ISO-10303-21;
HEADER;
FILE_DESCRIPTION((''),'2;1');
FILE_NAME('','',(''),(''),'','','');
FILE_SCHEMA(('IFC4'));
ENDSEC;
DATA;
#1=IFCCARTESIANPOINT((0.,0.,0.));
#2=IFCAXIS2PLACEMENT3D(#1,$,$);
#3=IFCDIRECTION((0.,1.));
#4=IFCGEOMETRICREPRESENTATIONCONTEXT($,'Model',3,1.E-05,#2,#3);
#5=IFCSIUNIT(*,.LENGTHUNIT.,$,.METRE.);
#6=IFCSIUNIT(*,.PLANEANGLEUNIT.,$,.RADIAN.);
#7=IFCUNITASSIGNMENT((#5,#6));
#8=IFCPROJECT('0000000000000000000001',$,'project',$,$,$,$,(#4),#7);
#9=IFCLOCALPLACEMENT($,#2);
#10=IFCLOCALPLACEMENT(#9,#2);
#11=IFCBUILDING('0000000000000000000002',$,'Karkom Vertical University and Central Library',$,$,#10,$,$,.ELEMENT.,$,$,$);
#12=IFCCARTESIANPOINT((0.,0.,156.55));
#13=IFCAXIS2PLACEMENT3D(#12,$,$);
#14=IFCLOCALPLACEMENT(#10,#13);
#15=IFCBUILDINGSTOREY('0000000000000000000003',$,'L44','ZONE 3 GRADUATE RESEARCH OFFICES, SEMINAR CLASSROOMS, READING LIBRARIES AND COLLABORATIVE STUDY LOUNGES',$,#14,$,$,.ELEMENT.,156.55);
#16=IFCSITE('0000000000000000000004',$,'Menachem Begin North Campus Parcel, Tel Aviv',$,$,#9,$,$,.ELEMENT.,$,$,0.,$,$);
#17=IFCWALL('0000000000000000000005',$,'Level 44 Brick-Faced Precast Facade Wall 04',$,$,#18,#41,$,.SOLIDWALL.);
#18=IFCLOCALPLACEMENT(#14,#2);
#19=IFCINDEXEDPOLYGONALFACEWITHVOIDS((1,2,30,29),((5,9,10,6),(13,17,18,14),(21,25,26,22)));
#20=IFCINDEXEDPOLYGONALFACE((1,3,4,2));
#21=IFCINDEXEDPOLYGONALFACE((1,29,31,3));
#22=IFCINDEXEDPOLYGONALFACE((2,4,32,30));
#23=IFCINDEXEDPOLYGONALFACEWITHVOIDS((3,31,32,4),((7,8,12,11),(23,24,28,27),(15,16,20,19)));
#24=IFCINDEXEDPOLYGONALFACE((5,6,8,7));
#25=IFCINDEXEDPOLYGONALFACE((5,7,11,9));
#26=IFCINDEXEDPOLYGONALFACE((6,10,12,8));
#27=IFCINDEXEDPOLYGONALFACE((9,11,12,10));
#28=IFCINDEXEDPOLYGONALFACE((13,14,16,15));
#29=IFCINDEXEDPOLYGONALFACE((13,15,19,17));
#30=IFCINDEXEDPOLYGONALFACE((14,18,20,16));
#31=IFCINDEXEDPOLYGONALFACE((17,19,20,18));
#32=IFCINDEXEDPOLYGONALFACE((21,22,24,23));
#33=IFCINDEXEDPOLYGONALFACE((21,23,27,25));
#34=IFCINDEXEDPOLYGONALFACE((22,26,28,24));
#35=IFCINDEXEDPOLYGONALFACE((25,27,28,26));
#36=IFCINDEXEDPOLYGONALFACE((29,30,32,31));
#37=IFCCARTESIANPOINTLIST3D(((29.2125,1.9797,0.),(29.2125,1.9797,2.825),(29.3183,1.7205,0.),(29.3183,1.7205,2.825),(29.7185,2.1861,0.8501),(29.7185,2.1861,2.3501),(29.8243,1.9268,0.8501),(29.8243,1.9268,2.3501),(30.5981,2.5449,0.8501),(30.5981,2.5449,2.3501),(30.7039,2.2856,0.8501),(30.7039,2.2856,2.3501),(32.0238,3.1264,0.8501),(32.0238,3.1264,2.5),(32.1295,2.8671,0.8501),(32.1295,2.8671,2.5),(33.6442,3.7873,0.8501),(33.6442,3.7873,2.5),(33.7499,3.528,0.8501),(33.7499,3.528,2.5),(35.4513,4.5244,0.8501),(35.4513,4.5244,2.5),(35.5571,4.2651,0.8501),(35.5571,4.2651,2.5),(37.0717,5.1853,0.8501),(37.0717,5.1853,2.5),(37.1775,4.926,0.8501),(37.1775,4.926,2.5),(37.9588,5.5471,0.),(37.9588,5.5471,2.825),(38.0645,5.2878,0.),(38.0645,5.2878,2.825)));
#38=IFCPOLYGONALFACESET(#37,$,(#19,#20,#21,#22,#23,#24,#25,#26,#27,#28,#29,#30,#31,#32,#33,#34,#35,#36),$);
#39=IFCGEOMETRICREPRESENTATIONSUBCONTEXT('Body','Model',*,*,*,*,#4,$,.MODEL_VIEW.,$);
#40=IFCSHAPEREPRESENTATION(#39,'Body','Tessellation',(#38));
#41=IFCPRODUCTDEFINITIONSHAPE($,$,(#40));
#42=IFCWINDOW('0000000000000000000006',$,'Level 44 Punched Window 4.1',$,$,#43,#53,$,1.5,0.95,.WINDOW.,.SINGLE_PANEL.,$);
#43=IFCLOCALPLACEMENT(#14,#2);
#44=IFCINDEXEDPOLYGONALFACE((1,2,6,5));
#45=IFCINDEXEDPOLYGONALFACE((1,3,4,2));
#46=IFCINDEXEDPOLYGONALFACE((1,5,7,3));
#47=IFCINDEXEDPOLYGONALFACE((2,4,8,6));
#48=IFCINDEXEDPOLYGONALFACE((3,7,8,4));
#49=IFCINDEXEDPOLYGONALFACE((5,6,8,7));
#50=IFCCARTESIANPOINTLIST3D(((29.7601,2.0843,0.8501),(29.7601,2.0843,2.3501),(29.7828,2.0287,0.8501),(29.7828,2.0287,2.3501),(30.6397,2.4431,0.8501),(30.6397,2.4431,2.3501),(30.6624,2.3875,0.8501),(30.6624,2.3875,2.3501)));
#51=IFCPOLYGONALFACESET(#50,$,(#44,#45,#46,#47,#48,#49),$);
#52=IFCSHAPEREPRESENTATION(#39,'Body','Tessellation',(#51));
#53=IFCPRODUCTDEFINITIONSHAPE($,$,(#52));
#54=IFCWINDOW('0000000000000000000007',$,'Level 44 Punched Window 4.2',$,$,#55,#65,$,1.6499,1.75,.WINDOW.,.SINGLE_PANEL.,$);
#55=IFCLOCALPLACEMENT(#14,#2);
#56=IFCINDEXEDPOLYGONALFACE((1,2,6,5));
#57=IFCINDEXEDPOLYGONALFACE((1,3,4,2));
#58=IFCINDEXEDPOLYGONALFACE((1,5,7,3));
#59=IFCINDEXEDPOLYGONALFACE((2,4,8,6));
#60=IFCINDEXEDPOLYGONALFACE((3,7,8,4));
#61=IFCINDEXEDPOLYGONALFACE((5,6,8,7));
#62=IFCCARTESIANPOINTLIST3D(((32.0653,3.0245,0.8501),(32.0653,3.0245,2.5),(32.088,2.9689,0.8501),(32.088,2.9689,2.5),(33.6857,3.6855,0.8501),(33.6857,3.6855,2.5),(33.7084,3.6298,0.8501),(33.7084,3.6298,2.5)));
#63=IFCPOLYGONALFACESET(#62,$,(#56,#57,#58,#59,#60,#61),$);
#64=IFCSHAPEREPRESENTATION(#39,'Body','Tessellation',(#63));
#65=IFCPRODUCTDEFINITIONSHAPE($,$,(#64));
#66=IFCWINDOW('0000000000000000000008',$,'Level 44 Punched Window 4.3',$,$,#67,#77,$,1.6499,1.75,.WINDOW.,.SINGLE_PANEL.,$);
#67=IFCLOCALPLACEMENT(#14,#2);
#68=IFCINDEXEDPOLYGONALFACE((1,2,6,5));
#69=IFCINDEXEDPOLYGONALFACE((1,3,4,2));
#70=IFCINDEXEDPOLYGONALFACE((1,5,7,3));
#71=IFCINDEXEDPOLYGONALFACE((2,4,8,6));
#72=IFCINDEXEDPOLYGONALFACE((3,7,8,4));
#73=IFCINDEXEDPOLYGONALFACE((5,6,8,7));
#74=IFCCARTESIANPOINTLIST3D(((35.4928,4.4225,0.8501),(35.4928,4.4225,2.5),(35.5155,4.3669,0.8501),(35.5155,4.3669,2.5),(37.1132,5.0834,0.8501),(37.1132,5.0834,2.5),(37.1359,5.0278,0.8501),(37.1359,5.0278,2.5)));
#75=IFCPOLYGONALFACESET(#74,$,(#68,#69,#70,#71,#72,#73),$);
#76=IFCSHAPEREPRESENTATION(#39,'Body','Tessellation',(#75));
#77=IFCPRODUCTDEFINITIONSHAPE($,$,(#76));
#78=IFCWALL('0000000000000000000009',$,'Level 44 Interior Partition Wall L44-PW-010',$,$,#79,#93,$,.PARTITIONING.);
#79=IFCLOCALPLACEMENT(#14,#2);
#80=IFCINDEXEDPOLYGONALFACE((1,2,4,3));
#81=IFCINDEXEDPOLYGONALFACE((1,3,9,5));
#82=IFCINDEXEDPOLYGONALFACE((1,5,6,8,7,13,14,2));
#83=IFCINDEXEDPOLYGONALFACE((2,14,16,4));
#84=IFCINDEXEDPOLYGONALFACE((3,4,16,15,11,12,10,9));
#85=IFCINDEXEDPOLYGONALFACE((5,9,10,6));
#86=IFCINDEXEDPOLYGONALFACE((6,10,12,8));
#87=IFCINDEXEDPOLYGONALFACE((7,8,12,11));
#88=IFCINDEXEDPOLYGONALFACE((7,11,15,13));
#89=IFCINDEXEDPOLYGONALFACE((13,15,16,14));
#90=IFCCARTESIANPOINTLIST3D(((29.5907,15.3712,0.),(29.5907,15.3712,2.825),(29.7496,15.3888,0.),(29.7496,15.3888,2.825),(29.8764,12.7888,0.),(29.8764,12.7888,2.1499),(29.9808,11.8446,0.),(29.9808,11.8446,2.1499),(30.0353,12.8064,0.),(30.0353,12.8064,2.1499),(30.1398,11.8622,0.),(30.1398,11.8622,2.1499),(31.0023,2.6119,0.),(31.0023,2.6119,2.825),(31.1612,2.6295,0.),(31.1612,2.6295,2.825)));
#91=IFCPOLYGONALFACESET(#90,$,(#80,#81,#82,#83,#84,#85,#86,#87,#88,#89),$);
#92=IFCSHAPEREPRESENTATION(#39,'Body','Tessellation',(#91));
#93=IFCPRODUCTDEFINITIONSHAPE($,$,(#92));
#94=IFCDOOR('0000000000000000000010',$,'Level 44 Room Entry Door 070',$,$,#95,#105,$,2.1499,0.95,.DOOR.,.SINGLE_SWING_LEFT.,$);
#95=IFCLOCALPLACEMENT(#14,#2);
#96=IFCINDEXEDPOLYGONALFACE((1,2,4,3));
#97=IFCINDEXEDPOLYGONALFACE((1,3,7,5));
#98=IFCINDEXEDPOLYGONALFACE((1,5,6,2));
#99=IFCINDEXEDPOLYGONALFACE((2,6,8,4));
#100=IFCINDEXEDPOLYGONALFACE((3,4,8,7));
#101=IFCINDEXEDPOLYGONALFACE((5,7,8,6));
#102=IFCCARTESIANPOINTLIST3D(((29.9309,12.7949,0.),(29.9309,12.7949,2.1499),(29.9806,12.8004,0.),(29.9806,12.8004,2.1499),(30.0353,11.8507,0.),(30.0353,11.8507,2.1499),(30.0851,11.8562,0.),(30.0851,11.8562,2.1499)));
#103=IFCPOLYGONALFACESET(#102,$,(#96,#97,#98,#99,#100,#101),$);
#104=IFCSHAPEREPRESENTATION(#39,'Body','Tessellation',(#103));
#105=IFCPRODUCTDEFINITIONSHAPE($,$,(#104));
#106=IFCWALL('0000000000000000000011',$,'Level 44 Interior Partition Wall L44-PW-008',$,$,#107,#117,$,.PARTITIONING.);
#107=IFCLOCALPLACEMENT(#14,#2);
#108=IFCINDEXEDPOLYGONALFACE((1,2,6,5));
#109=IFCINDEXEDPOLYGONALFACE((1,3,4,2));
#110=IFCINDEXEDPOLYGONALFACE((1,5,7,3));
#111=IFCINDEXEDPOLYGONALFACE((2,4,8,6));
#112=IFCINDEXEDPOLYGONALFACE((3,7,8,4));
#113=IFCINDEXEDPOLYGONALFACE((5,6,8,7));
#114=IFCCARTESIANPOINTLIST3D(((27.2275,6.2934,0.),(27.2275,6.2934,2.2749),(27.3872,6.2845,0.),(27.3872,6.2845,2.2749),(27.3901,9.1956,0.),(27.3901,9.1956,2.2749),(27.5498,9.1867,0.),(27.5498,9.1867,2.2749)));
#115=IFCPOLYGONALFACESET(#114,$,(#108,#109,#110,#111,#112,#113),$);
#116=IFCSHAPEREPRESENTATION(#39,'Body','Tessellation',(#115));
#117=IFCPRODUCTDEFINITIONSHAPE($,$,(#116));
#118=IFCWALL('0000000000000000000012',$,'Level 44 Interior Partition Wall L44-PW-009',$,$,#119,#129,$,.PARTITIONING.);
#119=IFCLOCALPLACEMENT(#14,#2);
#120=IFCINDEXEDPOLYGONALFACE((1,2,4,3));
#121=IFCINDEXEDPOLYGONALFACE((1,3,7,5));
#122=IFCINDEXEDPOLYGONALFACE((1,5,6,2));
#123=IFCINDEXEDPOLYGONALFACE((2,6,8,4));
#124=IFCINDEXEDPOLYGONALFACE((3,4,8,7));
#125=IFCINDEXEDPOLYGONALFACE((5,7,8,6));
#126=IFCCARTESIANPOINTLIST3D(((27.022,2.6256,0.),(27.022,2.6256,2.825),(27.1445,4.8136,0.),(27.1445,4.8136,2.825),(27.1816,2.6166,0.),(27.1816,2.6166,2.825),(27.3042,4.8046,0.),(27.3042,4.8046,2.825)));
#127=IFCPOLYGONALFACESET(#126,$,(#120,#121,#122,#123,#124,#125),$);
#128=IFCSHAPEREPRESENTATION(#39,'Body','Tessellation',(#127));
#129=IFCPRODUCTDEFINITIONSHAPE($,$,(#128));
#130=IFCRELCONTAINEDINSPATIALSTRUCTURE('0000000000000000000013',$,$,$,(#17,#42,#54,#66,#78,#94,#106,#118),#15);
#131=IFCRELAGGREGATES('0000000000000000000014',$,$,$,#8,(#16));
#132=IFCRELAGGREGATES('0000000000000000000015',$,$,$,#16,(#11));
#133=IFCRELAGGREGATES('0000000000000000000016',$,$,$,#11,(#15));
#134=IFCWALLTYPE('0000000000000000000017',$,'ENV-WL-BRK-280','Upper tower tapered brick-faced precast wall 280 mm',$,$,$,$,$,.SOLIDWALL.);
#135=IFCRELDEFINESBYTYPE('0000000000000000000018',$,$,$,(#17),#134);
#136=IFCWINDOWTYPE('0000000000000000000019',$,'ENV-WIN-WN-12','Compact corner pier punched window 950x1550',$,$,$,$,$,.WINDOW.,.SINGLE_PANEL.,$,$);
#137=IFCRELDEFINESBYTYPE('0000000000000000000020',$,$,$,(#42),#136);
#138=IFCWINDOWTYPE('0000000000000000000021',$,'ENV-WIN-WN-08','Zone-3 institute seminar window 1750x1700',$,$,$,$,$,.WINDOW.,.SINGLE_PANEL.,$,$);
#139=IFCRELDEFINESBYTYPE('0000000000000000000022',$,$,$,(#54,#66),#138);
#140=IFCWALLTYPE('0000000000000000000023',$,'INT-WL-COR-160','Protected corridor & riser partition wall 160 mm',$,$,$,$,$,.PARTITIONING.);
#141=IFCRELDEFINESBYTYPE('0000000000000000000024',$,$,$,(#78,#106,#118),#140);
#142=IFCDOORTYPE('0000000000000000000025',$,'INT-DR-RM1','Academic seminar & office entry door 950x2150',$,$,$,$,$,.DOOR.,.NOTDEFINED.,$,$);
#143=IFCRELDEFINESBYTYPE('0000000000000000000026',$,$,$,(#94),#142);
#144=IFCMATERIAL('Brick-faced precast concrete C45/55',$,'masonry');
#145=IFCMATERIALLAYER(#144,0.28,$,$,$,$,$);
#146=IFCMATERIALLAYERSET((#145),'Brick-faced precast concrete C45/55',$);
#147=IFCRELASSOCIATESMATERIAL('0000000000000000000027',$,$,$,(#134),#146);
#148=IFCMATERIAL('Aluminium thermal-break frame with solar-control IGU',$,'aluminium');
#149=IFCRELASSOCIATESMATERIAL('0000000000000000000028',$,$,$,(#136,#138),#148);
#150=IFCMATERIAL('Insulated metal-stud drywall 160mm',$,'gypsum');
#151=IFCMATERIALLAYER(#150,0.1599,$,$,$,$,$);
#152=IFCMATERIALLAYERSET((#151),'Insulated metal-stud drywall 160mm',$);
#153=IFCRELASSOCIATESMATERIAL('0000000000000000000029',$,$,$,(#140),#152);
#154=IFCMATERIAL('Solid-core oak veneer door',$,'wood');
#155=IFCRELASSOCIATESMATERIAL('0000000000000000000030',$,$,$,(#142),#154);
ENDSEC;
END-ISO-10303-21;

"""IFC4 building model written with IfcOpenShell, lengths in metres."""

from ifc_helpers import new_model, si_unit, direction, frame, frame_2d, origin, origin_with_axes, place, context, subcontext, project, spatial, rectangle, extrude, source, transform, mapped, material, layer, layer_set, type_object, element, fill, save


model = new_model("IFC4")

# Units and contexts
model_context = context("Model", 3, precision=1e-05, world=origin(), true_north=direction((0.0, 1.0)))
body_context = subcontext(model_context, "Body", "Model", "MODEL_VIEW")
ifc_project = project(units=[si_unit("LENGTHUNIT", "METRE"), si_unit("PLANEANGLEUNIT", "RADIAN")], contexts=[model_context])

# Site, building, storey
site_placement = place(None, origin())
site = spatial("IfcSite", under=ifc_project, at=site_placement, Name="Menachem Begin North Campus Parcel, Tel Aviv", CompositionType="ELEMENT", RefElevation=0.0)
building_placement = place(site_placement, origin())
building = spatial("IfcBuilding", under=site, at=building_placement, Name="Karkom Vertical University and Central Library", CompositionType="ELEMENT")
storey_placement = place(building_placement, frame((0.0, 0.0, 156.55)))
storey = spatial("IfcBuildingStorey", under=building, at=storey_placement, Name="L44", Description="ZONE 3 GRADUATE RESEARCH OFFICES, SEMINAR CLASSROOMS, READING LIBRARIES AND COLLABORATIVE STUDY LOUNGES", CompositionType="ELEMENT", Elevation=156.55)

# Wall, openings, windows
ifc_material_1 = material(Name="Brick-faced precast concrete C45/55", Category="masonry")
ifc_layer_1 = layer(ifc_material_1, 0.28)
ifc_layer_set_1 = layer_set([ifc_layer_1], Name="Brick-faced precast concrete C45/55")
wall_type_1 = type_object("IfcWallType", Name="ENV-WL-BRK-280", Description="Upper tower tapered brick-faced precast wall 280 mm", PredefinedType="SOLIDWALL", material=ifc_layer_set_1)
wall_1_placement = place(storey_placement, frame((29.2654, 1.8501, 0.0), z_axis=(0.0, 0.0, 1.0), x_axis=(0.925942, 0.377665, 0.0)))
wall_1 = element("IfcWall", 1, at=wall_1_placement, inside=storey, type_object=wall_type_1, Name="Level 44 Brick-Faced Precast Facade Wall 04", PredefinedType="SOLIDWALL", context=body_context, shape_type="SweptSolid", body=[
    extrude(rectangle(XDim=9.4458, YDim=0.28, at=frame_2d((4.7229, 0.0))), origin(), (0.0, 0.0, 1.0), 2.825),
])
opening_1_placement = place(wall_1_placement, frame((0.5464, 0.0, 0.8501)))
opening_1 = element("IfcOpeningElement", 2, at=opening_1_placement, cuts=wall_1, PredefinedType="OPENING", context=body_context, shape_type="SweptSolid", body=[
    extrude(rectangle(XDim=0.95, YDim=1.5, at=frame_2d((0.4751, 0.75))), frame((0.0, 0.1499, 0.0), z_axis=(0.0, -1.0, 0.0), x_axis=(1.0, 0.0, 0.0)), (0.0, 0.0, 1.0), 0.3),
])
opening_2_placement = place(wall_1_placement, frame((3.0361, 0.0, 0.8501)))
opening_2 = element("IfcOpeningElement", 3, at=opening_2_placement, cuts=wall_1, PredefinedType="OPENING", context=body_context, shape_type="SweptSolid", body=[
    extrude(rectangle(XDim=1.75, YDim=1.6499, at=frame_2d((0.875, 0.825))), frame((0.0, 0.1499, 0.0), z_axis=(0.0, -1.0, 0.0), x_axis=(1.0, 0.0, 0.0)), (0.0, 0.0, 1.0), 0.3),
])
opening_3_placement = place(wall_1_placement, frame((6.7378, 0.0, 0.8501)))
opening_3 = element("IfcOpeningElement", 4, at=opening_3_placement, cuts=wall_1, PredefinedType="OPENING", context=body_context, shape_type="SweptSolid", body=[
    extrude(rectangle(XDim=1.75, YDim=1.6499, at=frame_2d((0.875, 0.825))), frame((0.0, 0.1499, 0.0), z_axis=(0.0, -1.0, 0.0), x_axis=(1.0, 0.0, 0.0)), (0.0, 0.0, 1.0), 0.3),
])
ifc_material_2 = material(Name="Aluminium thermal-break frame with solar-control IGU", Category="aluminium")
window_type_1 = type_object("IfcWindowType", Name="ENV-WIN-WN-12", Description="Compact corner pier punched window 950x1550", PartitioningType="SINGLE_PANEL", PredefinedType="WINDOW", material=ifc_material_2)
shared_shape_1 = source(origin_with_axes(), body_context, "Body", "SweptSolid", [
    extrude(rectangle(XDim=0.95, YDim=1.5, at=frame_2d((0.4751, 0.75))), frame((0.0, 0.03, 0.0), z_axis=(0.0, -1.0, 0.0), x_axis=(1.0, 0.0, 0.0)), (0.0, 0.0, 1.0), 0.0601),
])
window_1_placement = place(opening_1_placement, origin())
window_1 = element("IfcWindow", 5, at=window_1_placement, inside=storey, type_object=window_type_1, Name="Level 44 Punched Window 4.1", OverallHeight=1.5, OverallWidth=0.95, PartitioningType="SINGLE_PANEL", PredefinedType="WINDOW", context=body_context, shape_type="MappedRepresentation", body=[
    mapped(shared_shape_1, transform((0.0, 0.0, 0.0), scale=1.0)),
])
fill(opening_1, window_1)
window_type_2 = type_object("IfcWindowType", Name="ENV-WIN-WN-08", Description="Zone-3 institute seminar window 1750x1700", PartitioningType="SINGLE_PANEL", PredefinedType="WINDOW", material=ifc_material_2)
shared_shape_2 = source(origin_with_axes(), body_context, "Body", "SweptSolid", [
    extrude(rectangle(XDim=1.75, YDim=1.6499, at=frame_2d((0.875, 0.825))), frame((0.0, 0.03, 0.0), z_axis=(0.0, -1.0, 0.0), x_axis=(1.0, 0.0, 0.0)), (0.0, 0.0, 1.0), 0.0601),
])
window_2_placement = place(opening_2_placement, origin())
window_2 = element("IfcWindow", 6, at=window_2_placement, inside=storey, type_object=window_type_2, Name="Level 44 Punched Window 4.2", OverallHeight=1.6499, OverallWidth=1.75, PartitioningType="SINGLE_PANEL", PredefinedType="WINDOW", context=body_context, shape_type="MappedRepresentation", body=[
    mapped(shared_shape_2, transform((0.0, 0.0, 0.0), scale=1.0)),
])
fill(opening_2, window_2)
window_3_placement = place(opening_3_placement, origin())
window_3 = element("IfcWindow", 7, at=window_3_placement, inside=storey, type_object=window_type_2, Name="Level 44 Punched Window 4.3", OverallHeight=1.6499, OverallWidth=1.75, PartitioningType="SINGLE_PANEL", PredefinedType="WINDOW", context=body_context, shape_type="MappedRepresentation", body=[
    mapped(shared_shape_2, transform((0.0, 0.0, 0.0), scale=1.0)),
])
fill(opening_3, window_3)

# Wall, opening, door
ifc_material_3 = material(Name="Insulated metal-stud drywall 160mm", Category="gypsum")
ifc_layer_2 = layer(ifc_material_3, 0.1599)
ifc_layer_set_2 = layer_set([ifc_layer_2], Name="Insulated metal-stud drywall 160mm")
wall_type_2 = type_object("IfcWallType", Name="INT-WL-COR-160", Description="Protected corridor & riser partition wall 160 mm", PredefinedType="PARTITIONING", material=ifc_layer_set_2)
wall_2_placement = place(storey_placement, frame((29.6702, 15.3799, 0.0), z_axis=(0.0, 0.0, 1.0), x_axis=(0.109964, -0.993936, 0.0)))
wall_2 = element("IfcWall", 8, at=wall_2_placement, inside=storey, type_object=wall_type_2, Name="Level 44 Interior Partition Wall L44-PW-010", PredefinedType="PARTITIONING", context=body_context, shape_type="SweptSolid", body=[
    extrude(rectangle(XDim=12.8372, YDim=0.1599, at=frame_2d((6.4185, 0.0))), origin(), (0.0, 0.0, 1.0), 2.825),
])
opening_4_placement = place(wall_2_placement, frame((2.5979, 0.0, 0.0)))
opening_4 = element("IfcOpeningElement", 9, at=opening_4_placement, cuts=wall_2, PredefinedType="OPENING", context=body_context, shape_type="SweptSolid", body=[
    extrude(rectangle(XDim=0.95, YDim=2.1499, at=frame_2d((0.4751, 1.075))), frame((0.0, 0.0898, 0.0), z_axis=(0.0, -1.0, 0.0), x_axis=(1.0, 0.0, 0.0)), (0.0, 0.0, 1.0), 0.1799),
])
ifc_material_4 = material(Name="Solid-core oak veneer door", Category="wood")
door_type = type_object("IfcDoorType", Name="INT-DR-RM1", Description="Academic seminar & office entry door 950x2150", OperationType="NOTDEFINED", PredefinedType="DOOR", material=ifc_material_4)
shared_shape_3 = source(origin_with_axes(), body_context, "Body", "SweptSolid", [
    extrude(rectangle(XDim=0.95, YDim=2.1499, at=frame_2d((0.4751, 1.075))), frame((0.0, 0.0249, 0.0), z_axis=(0.0, -1.0, 0.0), x_axis=(1.0, 0.0, 0.0)), (0.0, 0.0, 1.0), 0.05),
])
door_1_placement = place(opening_4_placement, origin())
door_1 = element("IfcDoor", 10, at=door_1_placement, inside=storey, type_object=door_type, Name="Level 44 Room Entry Door 070", OperationType="SINGLE_SWING_LEFT", OverallHeight=2.1499, OverallWidth=0.95, PredefinedType="DOOR", context=body_context, shape_type="MappedRepresentation", body=[
    mapped(shared_shape_3, transform((0.0, 0.0, 0.0), scale=1.0)),
])
fill(opening_4, door_1)

# Walls
wall_3_placement = place(storey_placement, frame((27.47, 9.1912, 0.0), z_axis=(0.0, 0.0, 1.0), x_axis=(-0.05594, -0.998434, 0.0)))
element("IfcWall", 11, at=wall_3_placement, inside=storey, type_object=wall_type_2, Name="Level 44 Interior Partition Wall L44-PW-008", PredefinedType="PARTITIONING", context=body_context, shape_type="SweptSolid", body=[
    extrude(rectangle(XDim=2.9067, YDim=0.1599, at=frame_2d((1.4534, 0.0))), origin(), (0.0, 0.0, 1.0), 2.2749),
])
wall_4_placement = place(storey_placement, frame((27.2244, 4.8091, 0.0), z_axis=(0.0, 0.0, 1.0), x_axis=(-0.055927, -0.998435, 0.0)))
element("IfcWall", 12, at=wall_4_placement, inside=storey, type_object=wall_type_2, Name="Level 44 Interior Partition Wall L44-PW-009", PredefinedType="PARTITIONING", context=body_context, shape_type="SweptSolid", body=[
    extrude(rectangle(XDim=2.1914, YDim=0.1599, at=frame_2d((1.0957, 0.0))), origin(), (0.0, 0.0, 1.0), 2.825),
])

save(model, "model.ifc")
